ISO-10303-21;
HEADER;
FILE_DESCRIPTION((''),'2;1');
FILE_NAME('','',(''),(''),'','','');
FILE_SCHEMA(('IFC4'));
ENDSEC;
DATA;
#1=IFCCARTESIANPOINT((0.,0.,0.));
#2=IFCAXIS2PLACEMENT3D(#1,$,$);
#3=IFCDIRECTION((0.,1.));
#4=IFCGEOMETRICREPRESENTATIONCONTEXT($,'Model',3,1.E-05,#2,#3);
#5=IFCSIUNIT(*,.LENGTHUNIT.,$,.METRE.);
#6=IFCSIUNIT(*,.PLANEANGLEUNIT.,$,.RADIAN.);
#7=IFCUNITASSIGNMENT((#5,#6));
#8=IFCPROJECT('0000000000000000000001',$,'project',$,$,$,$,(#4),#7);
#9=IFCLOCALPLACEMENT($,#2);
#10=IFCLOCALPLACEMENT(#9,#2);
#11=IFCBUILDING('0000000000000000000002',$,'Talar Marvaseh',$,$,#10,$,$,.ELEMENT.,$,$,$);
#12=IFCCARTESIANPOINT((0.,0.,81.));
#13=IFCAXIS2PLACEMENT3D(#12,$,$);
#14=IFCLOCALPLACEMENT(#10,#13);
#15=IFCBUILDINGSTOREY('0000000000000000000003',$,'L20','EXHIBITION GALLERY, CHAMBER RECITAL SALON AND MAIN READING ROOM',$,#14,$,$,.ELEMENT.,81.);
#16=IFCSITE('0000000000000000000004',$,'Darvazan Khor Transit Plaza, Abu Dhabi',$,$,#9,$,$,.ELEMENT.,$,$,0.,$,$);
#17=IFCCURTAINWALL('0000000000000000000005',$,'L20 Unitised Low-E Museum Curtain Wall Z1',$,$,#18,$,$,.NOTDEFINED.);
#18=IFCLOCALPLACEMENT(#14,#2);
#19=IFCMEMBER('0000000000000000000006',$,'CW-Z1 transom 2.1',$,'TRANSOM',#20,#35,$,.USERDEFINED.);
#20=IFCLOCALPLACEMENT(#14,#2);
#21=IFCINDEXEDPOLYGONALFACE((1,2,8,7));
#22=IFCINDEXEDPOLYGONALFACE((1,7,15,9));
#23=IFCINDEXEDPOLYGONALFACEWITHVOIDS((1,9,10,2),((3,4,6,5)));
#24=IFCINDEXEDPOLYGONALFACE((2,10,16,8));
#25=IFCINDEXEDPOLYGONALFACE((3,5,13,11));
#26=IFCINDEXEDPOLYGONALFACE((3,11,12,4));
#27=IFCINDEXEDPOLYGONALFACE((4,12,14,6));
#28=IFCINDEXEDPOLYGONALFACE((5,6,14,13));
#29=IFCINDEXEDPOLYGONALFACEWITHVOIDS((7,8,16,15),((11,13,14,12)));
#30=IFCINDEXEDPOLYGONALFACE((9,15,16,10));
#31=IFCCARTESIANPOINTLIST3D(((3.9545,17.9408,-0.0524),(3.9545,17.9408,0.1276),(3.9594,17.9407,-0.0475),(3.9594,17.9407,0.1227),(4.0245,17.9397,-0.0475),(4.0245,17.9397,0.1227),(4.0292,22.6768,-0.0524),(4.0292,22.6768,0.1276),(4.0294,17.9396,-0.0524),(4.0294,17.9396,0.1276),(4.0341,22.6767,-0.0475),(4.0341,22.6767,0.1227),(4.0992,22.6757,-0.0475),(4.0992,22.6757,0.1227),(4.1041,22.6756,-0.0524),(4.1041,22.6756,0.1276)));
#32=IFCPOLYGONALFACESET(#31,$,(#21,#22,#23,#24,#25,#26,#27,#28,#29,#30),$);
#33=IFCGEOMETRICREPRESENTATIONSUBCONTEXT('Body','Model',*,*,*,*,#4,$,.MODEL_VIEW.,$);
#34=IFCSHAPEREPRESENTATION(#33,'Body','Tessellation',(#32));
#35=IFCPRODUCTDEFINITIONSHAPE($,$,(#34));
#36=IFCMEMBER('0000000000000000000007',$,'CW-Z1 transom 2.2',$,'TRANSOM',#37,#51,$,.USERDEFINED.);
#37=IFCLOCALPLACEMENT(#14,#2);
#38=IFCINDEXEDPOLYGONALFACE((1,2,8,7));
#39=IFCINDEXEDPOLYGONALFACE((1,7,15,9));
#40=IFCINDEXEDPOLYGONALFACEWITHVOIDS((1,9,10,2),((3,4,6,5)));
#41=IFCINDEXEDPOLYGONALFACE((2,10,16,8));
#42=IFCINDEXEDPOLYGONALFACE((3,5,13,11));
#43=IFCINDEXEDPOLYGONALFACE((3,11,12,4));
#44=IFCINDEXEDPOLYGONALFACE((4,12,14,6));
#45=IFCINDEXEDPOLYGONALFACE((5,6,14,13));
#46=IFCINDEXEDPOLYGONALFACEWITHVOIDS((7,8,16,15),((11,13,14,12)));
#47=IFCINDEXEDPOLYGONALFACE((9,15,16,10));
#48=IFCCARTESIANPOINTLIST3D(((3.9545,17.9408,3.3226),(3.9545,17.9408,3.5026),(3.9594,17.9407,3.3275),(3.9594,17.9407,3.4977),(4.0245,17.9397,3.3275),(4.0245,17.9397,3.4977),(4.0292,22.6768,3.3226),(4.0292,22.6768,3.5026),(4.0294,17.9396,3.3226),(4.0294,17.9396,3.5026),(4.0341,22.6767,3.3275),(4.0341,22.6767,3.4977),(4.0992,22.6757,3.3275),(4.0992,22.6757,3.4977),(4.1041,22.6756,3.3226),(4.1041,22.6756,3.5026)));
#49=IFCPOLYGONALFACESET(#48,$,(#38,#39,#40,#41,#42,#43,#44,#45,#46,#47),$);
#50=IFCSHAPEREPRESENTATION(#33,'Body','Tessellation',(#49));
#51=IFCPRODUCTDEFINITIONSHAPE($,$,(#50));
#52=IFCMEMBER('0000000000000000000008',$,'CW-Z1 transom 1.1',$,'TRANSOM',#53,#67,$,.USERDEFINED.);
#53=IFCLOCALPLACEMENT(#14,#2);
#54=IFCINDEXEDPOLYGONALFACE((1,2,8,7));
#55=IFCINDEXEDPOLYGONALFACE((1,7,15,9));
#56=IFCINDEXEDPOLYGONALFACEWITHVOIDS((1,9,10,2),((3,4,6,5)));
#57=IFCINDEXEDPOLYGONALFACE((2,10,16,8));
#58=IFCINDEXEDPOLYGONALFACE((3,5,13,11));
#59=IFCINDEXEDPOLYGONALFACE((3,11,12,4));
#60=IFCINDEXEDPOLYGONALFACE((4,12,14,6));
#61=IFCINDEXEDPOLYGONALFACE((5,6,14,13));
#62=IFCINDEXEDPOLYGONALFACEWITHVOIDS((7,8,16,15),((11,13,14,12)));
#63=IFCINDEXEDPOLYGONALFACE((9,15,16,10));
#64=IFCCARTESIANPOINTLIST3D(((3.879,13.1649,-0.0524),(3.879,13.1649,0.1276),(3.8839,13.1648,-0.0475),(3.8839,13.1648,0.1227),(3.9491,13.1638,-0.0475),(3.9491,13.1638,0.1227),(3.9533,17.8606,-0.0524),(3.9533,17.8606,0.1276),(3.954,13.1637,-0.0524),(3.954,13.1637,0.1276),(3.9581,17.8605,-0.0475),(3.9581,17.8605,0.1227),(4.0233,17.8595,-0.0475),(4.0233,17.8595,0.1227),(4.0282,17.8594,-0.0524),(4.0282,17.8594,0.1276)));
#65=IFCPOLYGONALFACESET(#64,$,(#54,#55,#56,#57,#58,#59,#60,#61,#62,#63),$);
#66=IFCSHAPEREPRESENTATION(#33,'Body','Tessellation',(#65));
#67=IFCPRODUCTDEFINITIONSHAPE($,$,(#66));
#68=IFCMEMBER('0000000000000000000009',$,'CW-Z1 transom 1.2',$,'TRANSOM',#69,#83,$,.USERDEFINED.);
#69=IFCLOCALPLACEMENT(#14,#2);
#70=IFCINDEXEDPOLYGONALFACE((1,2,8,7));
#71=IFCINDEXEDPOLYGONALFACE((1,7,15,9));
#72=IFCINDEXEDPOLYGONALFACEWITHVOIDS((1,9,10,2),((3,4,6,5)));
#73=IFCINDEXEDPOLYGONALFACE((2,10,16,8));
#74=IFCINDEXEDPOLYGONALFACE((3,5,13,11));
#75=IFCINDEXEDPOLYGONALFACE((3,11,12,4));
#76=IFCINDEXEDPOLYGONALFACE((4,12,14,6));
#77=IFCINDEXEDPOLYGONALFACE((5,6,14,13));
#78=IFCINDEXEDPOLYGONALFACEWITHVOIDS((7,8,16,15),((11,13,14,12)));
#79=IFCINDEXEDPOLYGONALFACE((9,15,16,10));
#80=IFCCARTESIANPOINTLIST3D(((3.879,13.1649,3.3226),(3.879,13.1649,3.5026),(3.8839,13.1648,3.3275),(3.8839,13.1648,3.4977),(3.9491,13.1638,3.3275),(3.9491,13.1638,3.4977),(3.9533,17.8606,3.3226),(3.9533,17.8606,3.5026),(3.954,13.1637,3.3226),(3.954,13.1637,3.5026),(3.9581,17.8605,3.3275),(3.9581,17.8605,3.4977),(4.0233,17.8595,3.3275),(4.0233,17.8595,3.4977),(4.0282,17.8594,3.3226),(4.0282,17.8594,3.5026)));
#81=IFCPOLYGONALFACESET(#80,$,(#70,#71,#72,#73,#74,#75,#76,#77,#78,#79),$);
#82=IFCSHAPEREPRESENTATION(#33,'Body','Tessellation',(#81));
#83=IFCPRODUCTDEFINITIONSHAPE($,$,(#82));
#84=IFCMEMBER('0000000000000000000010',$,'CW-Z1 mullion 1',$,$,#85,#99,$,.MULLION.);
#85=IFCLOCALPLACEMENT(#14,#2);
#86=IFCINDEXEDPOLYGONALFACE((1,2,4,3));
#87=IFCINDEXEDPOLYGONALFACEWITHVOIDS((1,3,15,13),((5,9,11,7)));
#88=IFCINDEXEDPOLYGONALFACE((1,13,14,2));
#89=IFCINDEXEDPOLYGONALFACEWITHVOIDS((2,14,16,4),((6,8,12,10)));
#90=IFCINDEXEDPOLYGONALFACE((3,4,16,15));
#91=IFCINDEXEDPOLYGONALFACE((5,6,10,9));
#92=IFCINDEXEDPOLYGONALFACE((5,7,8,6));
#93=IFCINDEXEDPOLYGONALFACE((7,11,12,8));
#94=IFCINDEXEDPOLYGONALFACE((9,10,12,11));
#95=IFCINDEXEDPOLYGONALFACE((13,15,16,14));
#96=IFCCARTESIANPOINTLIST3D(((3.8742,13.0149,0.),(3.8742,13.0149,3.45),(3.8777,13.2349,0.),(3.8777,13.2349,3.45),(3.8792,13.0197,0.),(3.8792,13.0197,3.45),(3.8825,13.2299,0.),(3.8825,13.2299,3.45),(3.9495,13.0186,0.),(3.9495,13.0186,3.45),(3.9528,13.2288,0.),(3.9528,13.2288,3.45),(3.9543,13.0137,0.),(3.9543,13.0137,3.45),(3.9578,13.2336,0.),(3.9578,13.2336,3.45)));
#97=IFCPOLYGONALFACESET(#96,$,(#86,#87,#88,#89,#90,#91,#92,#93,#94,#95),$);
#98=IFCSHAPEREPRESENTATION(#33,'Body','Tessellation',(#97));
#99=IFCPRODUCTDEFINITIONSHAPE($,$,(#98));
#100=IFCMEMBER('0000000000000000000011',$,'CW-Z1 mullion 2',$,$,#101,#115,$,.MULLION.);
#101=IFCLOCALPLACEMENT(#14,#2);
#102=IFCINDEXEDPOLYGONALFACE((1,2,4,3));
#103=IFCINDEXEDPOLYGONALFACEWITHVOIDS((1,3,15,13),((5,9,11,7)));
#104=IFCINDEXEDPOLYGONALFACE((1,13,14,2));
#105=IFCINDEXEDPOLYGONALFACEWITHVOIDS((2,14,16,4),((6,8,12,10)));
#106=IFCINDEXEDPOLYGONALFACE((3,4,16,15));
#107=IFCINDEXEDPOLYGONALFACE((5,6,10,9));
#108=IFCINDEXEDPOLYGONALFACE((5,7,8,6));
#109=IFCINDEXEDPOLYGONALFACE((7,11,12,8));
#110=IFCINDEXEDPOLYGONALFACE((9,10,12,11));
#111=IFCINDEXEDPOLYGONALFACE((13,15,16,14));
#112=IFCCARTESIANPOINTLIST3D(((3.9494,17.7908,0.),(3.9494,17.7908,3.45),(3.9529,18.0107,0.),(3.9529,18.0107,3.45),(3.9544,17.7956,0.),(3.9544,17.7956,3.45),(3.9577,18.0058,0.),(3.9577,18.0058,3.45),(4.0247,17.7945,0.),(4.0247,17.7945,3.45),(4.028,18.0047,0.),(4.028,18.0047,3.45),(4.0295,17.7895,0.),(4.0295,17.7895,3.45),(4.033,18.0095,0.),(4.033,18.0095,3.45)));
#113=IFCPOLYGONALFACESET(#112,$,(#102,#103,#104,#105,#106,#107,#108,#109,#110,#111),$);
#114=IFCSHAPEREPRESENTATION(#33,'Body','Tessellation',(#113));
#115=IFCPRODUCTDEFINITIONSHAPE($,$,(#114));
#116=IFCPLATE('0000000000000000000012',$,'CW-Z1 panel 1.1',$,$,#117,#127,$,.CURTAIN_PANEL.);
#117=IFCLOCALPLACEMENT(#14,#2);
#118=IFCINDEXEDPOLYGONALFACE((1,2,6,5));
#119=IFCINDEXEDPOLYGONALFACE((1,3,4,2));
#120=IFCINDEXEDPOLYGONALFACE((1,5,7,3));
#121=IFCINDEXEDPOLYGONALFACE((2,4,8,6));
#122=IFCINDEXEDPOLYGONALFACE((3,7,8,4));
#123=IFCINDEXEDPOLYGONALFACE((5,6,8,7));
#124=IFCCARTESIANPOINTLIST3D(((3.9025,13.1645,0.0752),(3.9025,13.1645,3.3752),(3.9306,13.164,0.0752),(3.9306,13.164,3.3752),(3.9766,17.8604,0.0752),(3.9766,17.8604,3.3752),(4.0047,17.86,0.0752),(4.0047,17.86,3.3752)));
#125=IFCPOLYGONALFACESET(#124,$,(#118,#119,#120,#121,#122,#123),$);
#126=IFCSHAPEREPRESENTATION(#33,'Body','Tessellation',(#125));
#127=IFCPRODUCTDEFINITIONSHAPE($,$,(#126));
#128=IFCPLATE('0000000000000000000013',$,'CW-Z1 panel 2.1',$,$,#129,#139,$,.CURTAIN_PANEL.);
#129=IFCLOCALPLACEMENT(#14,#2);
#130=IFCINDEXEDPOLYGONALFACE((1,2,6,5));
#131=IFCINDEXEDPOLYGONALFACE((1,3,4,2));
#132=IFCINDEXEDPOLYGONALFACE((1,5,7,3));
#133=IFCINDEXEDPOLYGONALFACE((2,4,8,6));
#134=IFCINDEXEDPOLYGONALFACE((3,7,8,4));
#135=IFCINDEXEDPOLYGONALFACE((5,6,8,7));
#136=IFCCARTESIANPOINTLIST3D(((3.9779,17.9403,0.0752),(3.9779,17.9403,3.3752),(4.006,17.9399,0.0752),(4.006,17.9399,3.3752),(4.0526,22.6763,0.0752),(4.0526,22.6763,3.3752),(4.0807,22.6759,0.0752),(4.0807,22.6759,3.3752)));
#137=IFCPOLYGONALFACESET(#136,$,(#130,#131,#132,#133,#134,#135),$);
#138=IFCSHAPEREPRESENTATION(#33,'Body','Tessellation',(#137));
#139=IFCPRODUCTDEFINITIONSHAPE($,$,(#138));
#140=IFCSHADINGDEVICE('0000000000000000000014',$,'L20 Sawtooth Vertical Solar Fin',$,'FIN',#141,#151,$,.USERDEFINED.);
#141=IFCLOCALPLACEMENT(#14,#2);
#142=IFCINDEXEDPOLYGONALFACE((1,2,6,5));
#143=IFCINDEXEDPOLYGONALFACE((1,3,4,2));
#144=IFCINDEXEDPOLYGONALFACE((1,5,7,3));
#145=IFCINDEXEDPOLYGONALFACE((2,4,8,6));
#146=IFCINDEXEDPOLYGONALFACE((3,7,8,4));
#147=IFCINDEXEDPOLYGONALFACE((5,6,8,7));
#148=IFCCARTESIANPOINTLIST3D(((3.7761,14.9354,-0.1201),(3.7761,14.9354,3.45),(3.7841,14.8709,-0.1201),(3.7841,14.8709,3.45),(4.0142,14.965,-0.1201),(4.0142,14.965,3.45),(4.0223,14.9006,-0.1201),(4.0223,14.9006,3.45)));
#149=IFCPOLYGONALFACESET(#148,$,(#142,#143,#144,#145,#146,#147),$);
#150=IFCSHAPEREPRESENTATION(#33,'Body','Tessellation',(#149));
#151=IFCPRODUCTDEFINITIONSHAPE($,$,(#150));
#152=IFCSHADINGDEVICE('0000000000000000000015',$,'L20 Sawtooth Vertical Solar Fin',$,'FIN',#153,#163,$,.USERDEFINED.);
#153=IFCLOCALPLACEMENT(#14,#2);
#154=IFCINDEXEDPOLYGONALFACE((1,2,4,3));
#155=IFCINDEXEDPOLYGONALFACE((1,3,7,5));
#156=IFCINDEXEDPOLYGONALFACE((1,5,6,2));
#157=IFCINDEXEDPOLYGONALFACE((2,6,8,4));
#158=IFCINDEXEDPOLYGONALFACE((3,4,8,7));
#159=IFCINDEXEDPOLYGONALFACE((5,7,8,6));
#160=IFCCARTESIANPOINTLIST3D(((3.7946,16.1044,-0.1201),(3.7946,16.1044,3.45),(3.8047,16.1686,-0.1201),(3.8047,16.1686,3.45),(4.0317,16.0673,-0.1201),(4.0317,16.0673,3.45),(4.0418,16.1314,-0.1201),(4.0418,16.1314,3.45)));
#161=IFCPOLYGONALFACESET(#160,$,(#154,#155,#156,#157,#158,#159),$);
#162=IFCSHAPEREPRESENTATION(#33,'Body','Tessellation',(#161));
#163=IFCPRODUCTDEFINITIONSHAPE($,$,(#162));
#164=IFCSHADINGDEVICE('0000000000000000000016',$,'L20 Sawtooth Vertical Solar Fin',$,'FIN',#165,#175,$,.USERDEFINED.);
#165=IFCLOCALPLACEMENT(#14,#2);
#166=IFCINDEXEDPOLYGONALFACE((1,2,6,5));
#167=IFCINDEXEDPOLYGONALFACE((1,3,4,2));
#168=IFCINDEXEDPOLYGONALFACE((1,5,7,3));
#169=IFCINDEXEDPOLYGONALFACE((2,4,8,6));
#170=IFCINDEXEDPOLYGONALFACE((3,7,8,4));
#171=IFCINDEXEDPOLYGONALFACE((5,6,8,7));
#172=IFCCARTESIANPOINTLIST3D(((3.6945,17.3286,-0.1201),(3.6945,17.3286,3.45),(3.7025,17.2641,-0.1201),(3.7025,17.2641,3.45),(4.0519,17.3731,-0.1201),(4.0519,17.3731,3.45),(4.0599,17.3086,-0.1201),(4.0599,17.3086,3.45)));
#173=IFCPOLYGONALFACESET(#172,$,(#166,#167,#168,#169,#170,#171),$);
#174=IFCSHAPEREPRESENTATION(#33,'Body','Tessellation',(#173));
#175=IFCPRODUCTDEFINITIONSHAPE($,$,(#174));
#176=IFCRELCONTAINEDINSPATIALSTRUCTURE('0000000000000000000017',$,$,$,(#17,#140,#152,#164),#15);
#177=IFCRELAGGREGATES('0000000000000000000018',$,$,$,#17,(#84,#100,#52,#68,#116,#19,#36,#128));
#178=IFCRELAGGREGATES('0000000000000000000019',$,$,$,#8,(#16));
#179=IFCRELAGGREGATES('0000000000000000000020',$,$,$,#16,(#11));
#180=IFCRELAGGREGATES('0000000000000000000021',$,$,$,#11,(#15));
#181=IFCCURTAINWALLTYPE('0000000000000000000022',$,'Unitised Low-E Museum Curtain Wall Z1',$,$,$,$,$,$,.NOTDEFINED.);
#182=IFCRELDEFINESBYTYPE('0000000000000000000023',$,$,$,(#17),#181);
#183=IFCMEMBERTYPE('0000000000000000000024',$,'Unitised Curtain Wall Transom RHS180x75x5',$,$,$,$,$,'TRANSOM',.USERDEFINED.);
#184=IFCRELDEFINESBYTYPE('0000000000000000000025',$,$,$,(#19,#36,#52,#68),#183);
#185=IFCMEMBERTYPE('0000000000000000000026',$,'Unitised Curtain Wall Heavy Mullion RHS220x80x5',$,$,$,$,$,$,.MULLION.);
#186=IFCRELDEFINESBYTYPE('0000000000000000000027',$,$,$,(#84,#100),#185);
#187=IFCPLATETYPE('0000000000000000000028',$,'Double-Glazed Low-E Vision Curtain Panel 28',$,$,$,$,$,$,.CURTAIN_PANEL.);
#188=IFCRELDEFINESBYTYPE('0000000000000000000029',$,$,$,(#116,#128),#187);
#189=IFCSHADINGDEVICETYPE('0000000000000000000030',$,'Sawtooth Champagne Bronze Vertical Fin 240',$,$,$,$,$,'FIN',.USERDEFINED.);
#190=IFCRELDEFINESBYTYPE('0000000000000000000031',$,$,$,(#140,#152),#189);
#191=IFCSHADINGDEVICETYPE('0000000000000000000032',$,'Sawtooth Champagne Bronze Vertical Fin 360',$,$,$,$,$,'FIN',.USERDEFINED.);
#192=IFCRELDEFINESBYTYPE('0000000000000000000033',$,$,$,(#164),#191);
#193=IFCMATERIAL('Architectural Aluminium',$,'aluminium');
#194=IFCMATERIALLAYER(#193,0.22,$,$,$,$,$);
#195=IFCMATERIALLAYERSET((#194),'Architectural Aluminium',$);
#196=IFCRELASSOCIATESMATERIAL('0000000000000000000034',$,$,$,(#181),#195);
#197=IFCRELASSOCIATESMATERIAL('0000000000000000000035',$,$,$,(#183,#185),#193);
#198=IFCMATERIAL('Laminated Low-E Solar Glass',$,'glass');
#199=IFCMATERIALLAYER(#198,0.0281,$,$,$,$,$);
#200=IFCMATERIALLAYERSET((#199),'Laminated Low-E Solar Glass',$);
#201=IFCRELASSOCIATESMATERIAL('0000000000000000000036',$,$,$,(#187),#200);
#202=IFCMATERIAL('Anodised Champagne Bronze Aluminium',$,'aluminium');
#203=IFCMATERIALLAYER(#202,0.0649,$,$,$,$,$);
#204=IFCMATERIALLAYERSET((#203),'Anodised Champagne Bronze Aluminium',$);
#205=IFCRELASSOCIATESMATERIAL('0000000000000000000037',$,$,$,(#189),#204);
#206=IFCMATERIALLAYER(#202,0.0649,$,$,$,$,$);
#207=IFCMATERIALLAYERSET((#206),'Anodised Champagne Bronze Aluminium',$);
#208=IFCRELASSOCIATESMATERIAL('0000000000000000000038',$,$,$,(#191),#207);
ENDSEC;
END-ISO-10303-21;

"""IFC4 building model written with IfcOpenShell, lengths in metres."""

from ifc_helpers import new_model, si_unit, direction, frame, origin, origin_2d, place, context, subcontext, project, spatial, rectangle, hollow_rectangle, extrude, source, transform, mapped, material, layer, layer_set, material_profile, profile_set, type_object, type_shapes, element, aggregate, save


model = new_model("IFC4")

# Units and contexts
model_context = context("Model", 3, precision=1e-05, world=origin(), true_north=direction((0.0, 1.0)))
body_context = subcontext(model_context, "Body", "Model", "MODEL_VIEW")
ifc_project = project(units=[si_unit("LENGTHUNIT", "METRE"), si_unit("PLANEANGLEUNIT", "RADIAN")], contexts=[model_context])

# Site, building, storey
site_placement = place(None, origin())
site = spatial("IfcSite", under=ifc_project, at=site_placement, Name="Darvazan Khor Transit Plaza, Abu Dhabi", CompositionType="ELEMENT", RefElevation=0.0)
building_placement = place(site_placement, origin())
building = spatial("IfcBuilding", under=site, at=building_placement, Name="Talar Marvaseh", CompositionType="ELEMENT")
storey_placement = place(building_placement, frame((0.0, 0.0, 81.0)))
storey = spatial("IfcBuildingStorey", under=building, at=storey_placement, Name="L20", Description="EXHIBITION GALLERY, CHAMBER RECITAL SALON AND MAIN READING ROOM", CompositionType="ELEMENT", Elevation=81.0)

# Curtain wall, members, plates
ifc_material_1 = material(Name="Architectural Aluminium", Category="aluminium")
ifc_layer_1 = layer(ifc_material_1, 0.22)
ifc_layer_set_1 = layer_set([ifc_layer_1], Name="Architectural Aluminium")
curtain_wall_type = type_object("IfcCurtainWallType", Name="Unitised Low-E Museum Curtain Wall Z1", PredefinedType="NOTDEFINED", material=ifc_layer_set_1)
curtain_wall_placement = place(storey_placement, origin())
curtain_wall = element("IfcCurtainWall", 1, at=curtain_wall_placement, inside=storey, type_object=curtain_wall_type, Name="L20 Unitised Low-E Museum Curtain Wall Z1", PredefinedType="NOTDEFINED")
ifc_material_profile_1 = material_profile(ifc_material_1, hollow_rectangle(XDim=0.075, YDim=0.1799, WallThickness=0.0049, at=origin_2d()), Name="RHS180x75x5")
ifc_profile_set_1 = profile_set([ifc_material_profile_1], Name="Architectural Aluminium")
member_type_1 = type_object("IfcMemberType", Name="Unitised Curtain Wall Transom RHS180x75x5", ElementType="TRANSOM", PredefinedType="USERDEFINED", material=ifc_profile_set_1)
shared_shape_1 = source(origin(), body_context, "Body", "SweptSolid", [
    extrude(hollow_rectangle(XDim=0.075, YDim=0.1799, WallThickness=0.0049, at=origin_2d()), origin(), (0.0, 0.0, 1.0), 4.7366),
])
member_1_placement = place(storey_placement, frame((3.9919, 17.9402, 0.0376), z_axis=(0.015772, 0.999876, 0.0), x_axis=(-0.999876, 0.015772, 0.0)))
member_1 = element("IfcMember", 2, at=member_1_placement, type_object=member_type_1, Name="CW-Z1 transom 2.1", ObjectType="TRANSOM", PredefinedType="USERDEFINED", context=body_context, shape_type="MappedRepresentation", body=[
    mapped(shared_shape_1, transform((0.0, 0.0, 0.0), x_axis=(1.0, 0.0, 0.0), y_axis=(0.0, 1.0, 0.0), z_axis=(0.0, 0.0, 1.0), scale=1.0)),
])
member_2_placement = place(storey_placement, frame((3.9919, 17.9402, 3.4126), z_axis=(0.015772, 0.999876, 0.0), x_axis=(-0.999876, 0.015772, 0.0)))
member_2 = element("IfcMember", 3, at=member_2_placement, type_object=member_type_1, Name="CW-Z1 transom 2.2", ObjectType="TRANSOM", PredefinedType="USERDEFINED", context=body_context, shape_type="MappedRepresentation", body=[
    mapped(shared_shape_1, transform((0.0, 0.0, 0.0), x_axis=(1.0, 0.0, 0.0), y_axis=(0.0, 1.0, 0.0), z_axis=(0.0, 0.0, 1.0), scale=1.0)),
])
shared_shape_2 = source(origin(), body_context, "Body", "SweptSolid", [
    extrude(hollow_rectangle(XDim=0.075, YDim=0.1799, WallThickness=0.0049, at=origin_2d()), origin(), (0.0, 0.0, 1.0), 4.6963),
])
type_shapes(member_type_1, [shared_shape_1, shared_shape_2])
member_3_placement = place(storey_placement, frame((3.9165, 13.1643, 0.0376), z_axis=(0.015803, 0.999875, 0.0), x_axis=(-0.999875, 0.015803, 0.0)))
member_3 = element("IfcMember", 4, at=member_3_placement, type_object=member_type_1, Name="CW-Z1 transom 1.1", ObjectType="TRANSOM", PredefinedType="USERDEFINED", context=body_context, shape_type="MappedRepresentation", body=[
    mapped(shared_shape_2, transform((0.0, 0.0, 0.0), x_axis=(1.0, 0.0, 0.0), y_axis=(0.0, 1.0, 0.0), z_axis=(0.0, 0.0, 1.0), scale=1.0)),
])
member_4_placement = place(storey_placement, frame((3.9165, 13.1643, 3.4126), z_axis=(0.015803, 0.999875, 0.0), x_axis=(-0.999875, 0.015803, 0.0)))
member_4 = element("IfcMember", 5, at=member_4_placement, type_object=member_type_1, Name="CW-Z1 transom 1.2", ObjectType="TRANSOM", PredefinedType="USERDEFINED", context=body_context, shape_type="MappedRepresentation", body=[
    mapped(shared_shape_2, transform((0.0, 0.0, 0.0), x_axis=(1.0, 0.0, 0.0), y_axis=(0.0, 1.0, 0.0), z_axis=(0.0, 0.0, 1.0), scale=1.0)),
])
ifc_material_profile_2 = material_profile(ifc_material_1, hollow_rectangle(XDim=0.0801, YDim=0.22, WallThickness=0.0049, at=origin_2d()), Name="RHS220x80x5")
ifc_profile_set_2 = profile_set([ifc_material_profile_2], Name="Architectural Aluminium")
member_type_2 = type_object("IfcMemberType", Name="Unitised Curtain Wall Heavy Mullion RHS220x80x5", PredefinedType="MULLION", material=ifc_profile_set_2)
shared_shape_3 = source(origin(), body_context, "Body", "SweptSolid", [
    extrude(hollow_rectangle(XDim=0.0801, YDim=0.22, WallThickness=0.0049, at=origin_2d()), origin(), (0.0, 0.0, 1.0), 3.45),
])
type_shapes(member_type_2, [shared_shape_3])
member_5_placement = place(storey_placement, frame((3.916, 13.1243, 0.0), z_axis=(0.0, 0.0, 1.0), x_axis=(-0.999876, 0.015774, 0.0)))
member_5 = element("IfcMember", 6, at=member_5_placement, type_object=member_type_2, Name="CW-Z1 mullion 1", PredefinedType="MULLION", context=body_context, shape_type="MappedRepresentation", body=[
    mapped(shared_shape_3, transform((0.0, 0.0, 0.0), x_axis=(1.0, 0.0, 0.0), y_axis=(0.0, 1.0, 0.0), z_axis=(0.0, 0.0, 1.0), scale=1.0)),
])
member_6_placement = place(storey_placement, frame((3.9912, 17.9001, 0.0), z_axis=(0.0, 0.0, 1.0), x_axis=(-0.999876, 0.015774, 0.0)))
member_6 = element("IfcMember", 7, at=member_6_placement, type_object=member_type_2, Name="CW-Z1 mullion 2", PredefinedType="MULLION", context=body_context, shape_type="MappedRepresentation", body=[
    mapped(shared_shape_3, transform((0.0, 0.0, 0.0), x_axis=(1.0, 0.0, 0.0), y_axis=(0.0, 1.0, 0.0), z_axis=(0.0, 0.0, 1.0), scale=1.0)),
])
ifc_material_2 = material(Name="Laminated Low-E Solar Glass", Category="glass")
ifc_layer_2 = layer(ifc_material_2, 0.0281)
ifc_layer_set_2 = layer_set([ifc_layer_2], Name="Laminated Low-E Solar Glass")
plate_type = type_object("IfcPlateType", Name="Double-Glazed Low-E Vision Curtain Panel 28", PredefinedType="CURTAIN_PANEL", material=ifc_layer_set_2)
shared_shape_4 = source(origin(), body_context, "Body", "SweptSolid", [
    extrude(rectangle(XDim=4.6965, YDim=0.0281, at=origin_2d()), origin(), (0.0, 0.0, 1.0), 3.3),
])
plate_1_placement = place(storey_placement, frame((3.9536, 15.5122, 0.0752), z_axis=(0.0, 0.0, 1.0), x_axis=(0.015774, 0.999876, 0.0)))
plate_1 = element("IfcPlate", 8, at=plate_1_placement, type_object=plate_type, Name="CW-Z1 panel 1.1", PredefinedType="CURTAIN_PANEL", context=body_context, shape_type="MappedRepresentation", body=[
    mapped(shared_shape_4, transform((0.0, 0.0, 0.0), x_axis=(1.0, 0.0, 0.0), y_axis=(0.0, 1.0, 0.0), z_axis=(0.0, 0.0, 1.0), scale=1.0)),
])
shared_shape_5 = source(origin(), body_context, "Body", "SweptSolid", [
    extrude(rectangle(XDim=4.7366, YDim=0.0281, at=origin_2d()), origin(), (0.0, 0.0, 1.0), 3.3),
])
type_shapes(plate_type, [shared_shape_4, shared_shape_5])
plate_2_placement = place(storey_placement, frame((4.0293, 20.3081, 0.0752), z_axis=(0.0, 0.0, 1.0), x_axis=(0.015774, 0.999876, 0.0)))
plate_2 = element("IfcPlate", 9, at=plate_2_placement, type_object=plate_type, Name="CW-Z1 panel 2.1", PredefinedType="CURTAIN_PANEL", context=body_context, shape_type="MappedRepresentation", body=[
    mapped(shared_shape_5, transform((0.0, 0.0, 0.0), x_axis=(1.0, 0.0, 0.0), y_axis=(0.0, 1.0, 0.0), z_axis=(0.0, 0.0, 1.0), scale=1.0)),
])
aggregate(curtain_wall, [member_5, member_6, member_3, member_4, plate_1, member_1, member_2, plate_2])

# Shading devices
ifc_material_3 = material(Name="Anodised Champagne Bronze Aluminium", Category="aluminium")
ifc_layer_3 = layer(ifc_material_3, 0.0649)
ifc_layer_set_3 = layer_set([ifc_layer_3], Name="Anodised Champagne Bronze Aluminium")
shading_device_type_1 = type_object("IfcShadingDeviceType", Name="Sawtooth Champagne Bronze Vertical Fin 240", ElementType="FIN", PredefinedType="USERDEFINED", material=ifc_layer_set_3)
shared_shape_6 = source(origin(), body_context, "Body", "SweptSolid", [
    extrude(rectangle(XDim=0.24, YDim=0.0649, at=origin_2d()), origin(), (0.0, 0.0, 1.0), 3.5701),
])
type_shapes(shading_device_type_1, [shared_shape_6])
for number, where, z_axis, x_axis, name in (
    (10, (3.8992, 14.918, -0.1201), (0.0, 0.0, 1.0), (-0.992332, -0.123601, 0.0), "L20 Sawtooth Vertical Solar Fin"),
    (11, (3.9182, 16.1179, -0.1201), (0.0, 0.0, 1.0), (-0.98796, 0.15471, 0.0), "L20 Sawtooth Vertical Solar Fin"),
):
    element("IfcShadingDevice", number, at=place(storey_placement, frame(where, z_axis=z_axis, x_axis=x_axis)), inside=storey, type_object=shading_device_type_1, Name=name, ObjectType="FIN", PredefinedType="USERDEFINED", context=body_context, shape_type="MappedRepresentation", body=[
        mapped(shared_shape_6, transform((0.0, 0.0, 0.0), x_axis=(1.0, 0.0, 0.0), y_axis=(0.0, 1.0, 0.0), z_axis=(0.0, 0.0, 1.0), scale=1.0)),
    ])
ifc_layer_4 = layer(ifc_material_3, 0.0649)
ifc_layer_set_4 = layer_set([ifc_layer_4], Name="Anodised Champagne Bronze Aluminium")
shading_device_type_2 = type_object("IfcShadingDeviceType", Name="Sawtooth Champagne Bronze Vertical Fin 360", ElementType="FIN", PredefinedType="USERDEFINED", material=ifc_layer_set_4)
shared_shape_7 = source(origin(), body_context, "Body", "SweptSolid", [
    extrude(rectangle(XDim=0.3601, YDim=0.0649, at=origin_2d()), origin(), (0.0, 0.0, 1.0), 3.5701),
])
type_shapes(shading_device_type_2, [shared_shape_7])
for number, where, z_axis, x_axis, name in (
    (12, (3.8772, 17.3186, -0.1201), (0.0, 0.0, 1.0), (-0.992332, -0.123601, 0.0), "L20 Sawtooth Vertical Solar Fin"),
):
    element("IfcShadingDevice", number, at=place(storey_placement, frame(where, z_axis=z_axis, x_axis=x_axis)), inside=storey, type_object=shading_device_type_2, Name=name, ObjectType="FIN", PredefinedType="USERDEFINED", context=body_context, shape_type="MappedRepresentation", body=[
        mapped(shared_shape_7, transform((0.0, 0.0, 0.0), x_axis=(1.0, 0.0, 0.0), y_axis=(0.0, 1.0, 0.0), z_axis=(0.0, 0.0, 1.0), scale=1.0)),
    ])

save(model, "model.ifc")
